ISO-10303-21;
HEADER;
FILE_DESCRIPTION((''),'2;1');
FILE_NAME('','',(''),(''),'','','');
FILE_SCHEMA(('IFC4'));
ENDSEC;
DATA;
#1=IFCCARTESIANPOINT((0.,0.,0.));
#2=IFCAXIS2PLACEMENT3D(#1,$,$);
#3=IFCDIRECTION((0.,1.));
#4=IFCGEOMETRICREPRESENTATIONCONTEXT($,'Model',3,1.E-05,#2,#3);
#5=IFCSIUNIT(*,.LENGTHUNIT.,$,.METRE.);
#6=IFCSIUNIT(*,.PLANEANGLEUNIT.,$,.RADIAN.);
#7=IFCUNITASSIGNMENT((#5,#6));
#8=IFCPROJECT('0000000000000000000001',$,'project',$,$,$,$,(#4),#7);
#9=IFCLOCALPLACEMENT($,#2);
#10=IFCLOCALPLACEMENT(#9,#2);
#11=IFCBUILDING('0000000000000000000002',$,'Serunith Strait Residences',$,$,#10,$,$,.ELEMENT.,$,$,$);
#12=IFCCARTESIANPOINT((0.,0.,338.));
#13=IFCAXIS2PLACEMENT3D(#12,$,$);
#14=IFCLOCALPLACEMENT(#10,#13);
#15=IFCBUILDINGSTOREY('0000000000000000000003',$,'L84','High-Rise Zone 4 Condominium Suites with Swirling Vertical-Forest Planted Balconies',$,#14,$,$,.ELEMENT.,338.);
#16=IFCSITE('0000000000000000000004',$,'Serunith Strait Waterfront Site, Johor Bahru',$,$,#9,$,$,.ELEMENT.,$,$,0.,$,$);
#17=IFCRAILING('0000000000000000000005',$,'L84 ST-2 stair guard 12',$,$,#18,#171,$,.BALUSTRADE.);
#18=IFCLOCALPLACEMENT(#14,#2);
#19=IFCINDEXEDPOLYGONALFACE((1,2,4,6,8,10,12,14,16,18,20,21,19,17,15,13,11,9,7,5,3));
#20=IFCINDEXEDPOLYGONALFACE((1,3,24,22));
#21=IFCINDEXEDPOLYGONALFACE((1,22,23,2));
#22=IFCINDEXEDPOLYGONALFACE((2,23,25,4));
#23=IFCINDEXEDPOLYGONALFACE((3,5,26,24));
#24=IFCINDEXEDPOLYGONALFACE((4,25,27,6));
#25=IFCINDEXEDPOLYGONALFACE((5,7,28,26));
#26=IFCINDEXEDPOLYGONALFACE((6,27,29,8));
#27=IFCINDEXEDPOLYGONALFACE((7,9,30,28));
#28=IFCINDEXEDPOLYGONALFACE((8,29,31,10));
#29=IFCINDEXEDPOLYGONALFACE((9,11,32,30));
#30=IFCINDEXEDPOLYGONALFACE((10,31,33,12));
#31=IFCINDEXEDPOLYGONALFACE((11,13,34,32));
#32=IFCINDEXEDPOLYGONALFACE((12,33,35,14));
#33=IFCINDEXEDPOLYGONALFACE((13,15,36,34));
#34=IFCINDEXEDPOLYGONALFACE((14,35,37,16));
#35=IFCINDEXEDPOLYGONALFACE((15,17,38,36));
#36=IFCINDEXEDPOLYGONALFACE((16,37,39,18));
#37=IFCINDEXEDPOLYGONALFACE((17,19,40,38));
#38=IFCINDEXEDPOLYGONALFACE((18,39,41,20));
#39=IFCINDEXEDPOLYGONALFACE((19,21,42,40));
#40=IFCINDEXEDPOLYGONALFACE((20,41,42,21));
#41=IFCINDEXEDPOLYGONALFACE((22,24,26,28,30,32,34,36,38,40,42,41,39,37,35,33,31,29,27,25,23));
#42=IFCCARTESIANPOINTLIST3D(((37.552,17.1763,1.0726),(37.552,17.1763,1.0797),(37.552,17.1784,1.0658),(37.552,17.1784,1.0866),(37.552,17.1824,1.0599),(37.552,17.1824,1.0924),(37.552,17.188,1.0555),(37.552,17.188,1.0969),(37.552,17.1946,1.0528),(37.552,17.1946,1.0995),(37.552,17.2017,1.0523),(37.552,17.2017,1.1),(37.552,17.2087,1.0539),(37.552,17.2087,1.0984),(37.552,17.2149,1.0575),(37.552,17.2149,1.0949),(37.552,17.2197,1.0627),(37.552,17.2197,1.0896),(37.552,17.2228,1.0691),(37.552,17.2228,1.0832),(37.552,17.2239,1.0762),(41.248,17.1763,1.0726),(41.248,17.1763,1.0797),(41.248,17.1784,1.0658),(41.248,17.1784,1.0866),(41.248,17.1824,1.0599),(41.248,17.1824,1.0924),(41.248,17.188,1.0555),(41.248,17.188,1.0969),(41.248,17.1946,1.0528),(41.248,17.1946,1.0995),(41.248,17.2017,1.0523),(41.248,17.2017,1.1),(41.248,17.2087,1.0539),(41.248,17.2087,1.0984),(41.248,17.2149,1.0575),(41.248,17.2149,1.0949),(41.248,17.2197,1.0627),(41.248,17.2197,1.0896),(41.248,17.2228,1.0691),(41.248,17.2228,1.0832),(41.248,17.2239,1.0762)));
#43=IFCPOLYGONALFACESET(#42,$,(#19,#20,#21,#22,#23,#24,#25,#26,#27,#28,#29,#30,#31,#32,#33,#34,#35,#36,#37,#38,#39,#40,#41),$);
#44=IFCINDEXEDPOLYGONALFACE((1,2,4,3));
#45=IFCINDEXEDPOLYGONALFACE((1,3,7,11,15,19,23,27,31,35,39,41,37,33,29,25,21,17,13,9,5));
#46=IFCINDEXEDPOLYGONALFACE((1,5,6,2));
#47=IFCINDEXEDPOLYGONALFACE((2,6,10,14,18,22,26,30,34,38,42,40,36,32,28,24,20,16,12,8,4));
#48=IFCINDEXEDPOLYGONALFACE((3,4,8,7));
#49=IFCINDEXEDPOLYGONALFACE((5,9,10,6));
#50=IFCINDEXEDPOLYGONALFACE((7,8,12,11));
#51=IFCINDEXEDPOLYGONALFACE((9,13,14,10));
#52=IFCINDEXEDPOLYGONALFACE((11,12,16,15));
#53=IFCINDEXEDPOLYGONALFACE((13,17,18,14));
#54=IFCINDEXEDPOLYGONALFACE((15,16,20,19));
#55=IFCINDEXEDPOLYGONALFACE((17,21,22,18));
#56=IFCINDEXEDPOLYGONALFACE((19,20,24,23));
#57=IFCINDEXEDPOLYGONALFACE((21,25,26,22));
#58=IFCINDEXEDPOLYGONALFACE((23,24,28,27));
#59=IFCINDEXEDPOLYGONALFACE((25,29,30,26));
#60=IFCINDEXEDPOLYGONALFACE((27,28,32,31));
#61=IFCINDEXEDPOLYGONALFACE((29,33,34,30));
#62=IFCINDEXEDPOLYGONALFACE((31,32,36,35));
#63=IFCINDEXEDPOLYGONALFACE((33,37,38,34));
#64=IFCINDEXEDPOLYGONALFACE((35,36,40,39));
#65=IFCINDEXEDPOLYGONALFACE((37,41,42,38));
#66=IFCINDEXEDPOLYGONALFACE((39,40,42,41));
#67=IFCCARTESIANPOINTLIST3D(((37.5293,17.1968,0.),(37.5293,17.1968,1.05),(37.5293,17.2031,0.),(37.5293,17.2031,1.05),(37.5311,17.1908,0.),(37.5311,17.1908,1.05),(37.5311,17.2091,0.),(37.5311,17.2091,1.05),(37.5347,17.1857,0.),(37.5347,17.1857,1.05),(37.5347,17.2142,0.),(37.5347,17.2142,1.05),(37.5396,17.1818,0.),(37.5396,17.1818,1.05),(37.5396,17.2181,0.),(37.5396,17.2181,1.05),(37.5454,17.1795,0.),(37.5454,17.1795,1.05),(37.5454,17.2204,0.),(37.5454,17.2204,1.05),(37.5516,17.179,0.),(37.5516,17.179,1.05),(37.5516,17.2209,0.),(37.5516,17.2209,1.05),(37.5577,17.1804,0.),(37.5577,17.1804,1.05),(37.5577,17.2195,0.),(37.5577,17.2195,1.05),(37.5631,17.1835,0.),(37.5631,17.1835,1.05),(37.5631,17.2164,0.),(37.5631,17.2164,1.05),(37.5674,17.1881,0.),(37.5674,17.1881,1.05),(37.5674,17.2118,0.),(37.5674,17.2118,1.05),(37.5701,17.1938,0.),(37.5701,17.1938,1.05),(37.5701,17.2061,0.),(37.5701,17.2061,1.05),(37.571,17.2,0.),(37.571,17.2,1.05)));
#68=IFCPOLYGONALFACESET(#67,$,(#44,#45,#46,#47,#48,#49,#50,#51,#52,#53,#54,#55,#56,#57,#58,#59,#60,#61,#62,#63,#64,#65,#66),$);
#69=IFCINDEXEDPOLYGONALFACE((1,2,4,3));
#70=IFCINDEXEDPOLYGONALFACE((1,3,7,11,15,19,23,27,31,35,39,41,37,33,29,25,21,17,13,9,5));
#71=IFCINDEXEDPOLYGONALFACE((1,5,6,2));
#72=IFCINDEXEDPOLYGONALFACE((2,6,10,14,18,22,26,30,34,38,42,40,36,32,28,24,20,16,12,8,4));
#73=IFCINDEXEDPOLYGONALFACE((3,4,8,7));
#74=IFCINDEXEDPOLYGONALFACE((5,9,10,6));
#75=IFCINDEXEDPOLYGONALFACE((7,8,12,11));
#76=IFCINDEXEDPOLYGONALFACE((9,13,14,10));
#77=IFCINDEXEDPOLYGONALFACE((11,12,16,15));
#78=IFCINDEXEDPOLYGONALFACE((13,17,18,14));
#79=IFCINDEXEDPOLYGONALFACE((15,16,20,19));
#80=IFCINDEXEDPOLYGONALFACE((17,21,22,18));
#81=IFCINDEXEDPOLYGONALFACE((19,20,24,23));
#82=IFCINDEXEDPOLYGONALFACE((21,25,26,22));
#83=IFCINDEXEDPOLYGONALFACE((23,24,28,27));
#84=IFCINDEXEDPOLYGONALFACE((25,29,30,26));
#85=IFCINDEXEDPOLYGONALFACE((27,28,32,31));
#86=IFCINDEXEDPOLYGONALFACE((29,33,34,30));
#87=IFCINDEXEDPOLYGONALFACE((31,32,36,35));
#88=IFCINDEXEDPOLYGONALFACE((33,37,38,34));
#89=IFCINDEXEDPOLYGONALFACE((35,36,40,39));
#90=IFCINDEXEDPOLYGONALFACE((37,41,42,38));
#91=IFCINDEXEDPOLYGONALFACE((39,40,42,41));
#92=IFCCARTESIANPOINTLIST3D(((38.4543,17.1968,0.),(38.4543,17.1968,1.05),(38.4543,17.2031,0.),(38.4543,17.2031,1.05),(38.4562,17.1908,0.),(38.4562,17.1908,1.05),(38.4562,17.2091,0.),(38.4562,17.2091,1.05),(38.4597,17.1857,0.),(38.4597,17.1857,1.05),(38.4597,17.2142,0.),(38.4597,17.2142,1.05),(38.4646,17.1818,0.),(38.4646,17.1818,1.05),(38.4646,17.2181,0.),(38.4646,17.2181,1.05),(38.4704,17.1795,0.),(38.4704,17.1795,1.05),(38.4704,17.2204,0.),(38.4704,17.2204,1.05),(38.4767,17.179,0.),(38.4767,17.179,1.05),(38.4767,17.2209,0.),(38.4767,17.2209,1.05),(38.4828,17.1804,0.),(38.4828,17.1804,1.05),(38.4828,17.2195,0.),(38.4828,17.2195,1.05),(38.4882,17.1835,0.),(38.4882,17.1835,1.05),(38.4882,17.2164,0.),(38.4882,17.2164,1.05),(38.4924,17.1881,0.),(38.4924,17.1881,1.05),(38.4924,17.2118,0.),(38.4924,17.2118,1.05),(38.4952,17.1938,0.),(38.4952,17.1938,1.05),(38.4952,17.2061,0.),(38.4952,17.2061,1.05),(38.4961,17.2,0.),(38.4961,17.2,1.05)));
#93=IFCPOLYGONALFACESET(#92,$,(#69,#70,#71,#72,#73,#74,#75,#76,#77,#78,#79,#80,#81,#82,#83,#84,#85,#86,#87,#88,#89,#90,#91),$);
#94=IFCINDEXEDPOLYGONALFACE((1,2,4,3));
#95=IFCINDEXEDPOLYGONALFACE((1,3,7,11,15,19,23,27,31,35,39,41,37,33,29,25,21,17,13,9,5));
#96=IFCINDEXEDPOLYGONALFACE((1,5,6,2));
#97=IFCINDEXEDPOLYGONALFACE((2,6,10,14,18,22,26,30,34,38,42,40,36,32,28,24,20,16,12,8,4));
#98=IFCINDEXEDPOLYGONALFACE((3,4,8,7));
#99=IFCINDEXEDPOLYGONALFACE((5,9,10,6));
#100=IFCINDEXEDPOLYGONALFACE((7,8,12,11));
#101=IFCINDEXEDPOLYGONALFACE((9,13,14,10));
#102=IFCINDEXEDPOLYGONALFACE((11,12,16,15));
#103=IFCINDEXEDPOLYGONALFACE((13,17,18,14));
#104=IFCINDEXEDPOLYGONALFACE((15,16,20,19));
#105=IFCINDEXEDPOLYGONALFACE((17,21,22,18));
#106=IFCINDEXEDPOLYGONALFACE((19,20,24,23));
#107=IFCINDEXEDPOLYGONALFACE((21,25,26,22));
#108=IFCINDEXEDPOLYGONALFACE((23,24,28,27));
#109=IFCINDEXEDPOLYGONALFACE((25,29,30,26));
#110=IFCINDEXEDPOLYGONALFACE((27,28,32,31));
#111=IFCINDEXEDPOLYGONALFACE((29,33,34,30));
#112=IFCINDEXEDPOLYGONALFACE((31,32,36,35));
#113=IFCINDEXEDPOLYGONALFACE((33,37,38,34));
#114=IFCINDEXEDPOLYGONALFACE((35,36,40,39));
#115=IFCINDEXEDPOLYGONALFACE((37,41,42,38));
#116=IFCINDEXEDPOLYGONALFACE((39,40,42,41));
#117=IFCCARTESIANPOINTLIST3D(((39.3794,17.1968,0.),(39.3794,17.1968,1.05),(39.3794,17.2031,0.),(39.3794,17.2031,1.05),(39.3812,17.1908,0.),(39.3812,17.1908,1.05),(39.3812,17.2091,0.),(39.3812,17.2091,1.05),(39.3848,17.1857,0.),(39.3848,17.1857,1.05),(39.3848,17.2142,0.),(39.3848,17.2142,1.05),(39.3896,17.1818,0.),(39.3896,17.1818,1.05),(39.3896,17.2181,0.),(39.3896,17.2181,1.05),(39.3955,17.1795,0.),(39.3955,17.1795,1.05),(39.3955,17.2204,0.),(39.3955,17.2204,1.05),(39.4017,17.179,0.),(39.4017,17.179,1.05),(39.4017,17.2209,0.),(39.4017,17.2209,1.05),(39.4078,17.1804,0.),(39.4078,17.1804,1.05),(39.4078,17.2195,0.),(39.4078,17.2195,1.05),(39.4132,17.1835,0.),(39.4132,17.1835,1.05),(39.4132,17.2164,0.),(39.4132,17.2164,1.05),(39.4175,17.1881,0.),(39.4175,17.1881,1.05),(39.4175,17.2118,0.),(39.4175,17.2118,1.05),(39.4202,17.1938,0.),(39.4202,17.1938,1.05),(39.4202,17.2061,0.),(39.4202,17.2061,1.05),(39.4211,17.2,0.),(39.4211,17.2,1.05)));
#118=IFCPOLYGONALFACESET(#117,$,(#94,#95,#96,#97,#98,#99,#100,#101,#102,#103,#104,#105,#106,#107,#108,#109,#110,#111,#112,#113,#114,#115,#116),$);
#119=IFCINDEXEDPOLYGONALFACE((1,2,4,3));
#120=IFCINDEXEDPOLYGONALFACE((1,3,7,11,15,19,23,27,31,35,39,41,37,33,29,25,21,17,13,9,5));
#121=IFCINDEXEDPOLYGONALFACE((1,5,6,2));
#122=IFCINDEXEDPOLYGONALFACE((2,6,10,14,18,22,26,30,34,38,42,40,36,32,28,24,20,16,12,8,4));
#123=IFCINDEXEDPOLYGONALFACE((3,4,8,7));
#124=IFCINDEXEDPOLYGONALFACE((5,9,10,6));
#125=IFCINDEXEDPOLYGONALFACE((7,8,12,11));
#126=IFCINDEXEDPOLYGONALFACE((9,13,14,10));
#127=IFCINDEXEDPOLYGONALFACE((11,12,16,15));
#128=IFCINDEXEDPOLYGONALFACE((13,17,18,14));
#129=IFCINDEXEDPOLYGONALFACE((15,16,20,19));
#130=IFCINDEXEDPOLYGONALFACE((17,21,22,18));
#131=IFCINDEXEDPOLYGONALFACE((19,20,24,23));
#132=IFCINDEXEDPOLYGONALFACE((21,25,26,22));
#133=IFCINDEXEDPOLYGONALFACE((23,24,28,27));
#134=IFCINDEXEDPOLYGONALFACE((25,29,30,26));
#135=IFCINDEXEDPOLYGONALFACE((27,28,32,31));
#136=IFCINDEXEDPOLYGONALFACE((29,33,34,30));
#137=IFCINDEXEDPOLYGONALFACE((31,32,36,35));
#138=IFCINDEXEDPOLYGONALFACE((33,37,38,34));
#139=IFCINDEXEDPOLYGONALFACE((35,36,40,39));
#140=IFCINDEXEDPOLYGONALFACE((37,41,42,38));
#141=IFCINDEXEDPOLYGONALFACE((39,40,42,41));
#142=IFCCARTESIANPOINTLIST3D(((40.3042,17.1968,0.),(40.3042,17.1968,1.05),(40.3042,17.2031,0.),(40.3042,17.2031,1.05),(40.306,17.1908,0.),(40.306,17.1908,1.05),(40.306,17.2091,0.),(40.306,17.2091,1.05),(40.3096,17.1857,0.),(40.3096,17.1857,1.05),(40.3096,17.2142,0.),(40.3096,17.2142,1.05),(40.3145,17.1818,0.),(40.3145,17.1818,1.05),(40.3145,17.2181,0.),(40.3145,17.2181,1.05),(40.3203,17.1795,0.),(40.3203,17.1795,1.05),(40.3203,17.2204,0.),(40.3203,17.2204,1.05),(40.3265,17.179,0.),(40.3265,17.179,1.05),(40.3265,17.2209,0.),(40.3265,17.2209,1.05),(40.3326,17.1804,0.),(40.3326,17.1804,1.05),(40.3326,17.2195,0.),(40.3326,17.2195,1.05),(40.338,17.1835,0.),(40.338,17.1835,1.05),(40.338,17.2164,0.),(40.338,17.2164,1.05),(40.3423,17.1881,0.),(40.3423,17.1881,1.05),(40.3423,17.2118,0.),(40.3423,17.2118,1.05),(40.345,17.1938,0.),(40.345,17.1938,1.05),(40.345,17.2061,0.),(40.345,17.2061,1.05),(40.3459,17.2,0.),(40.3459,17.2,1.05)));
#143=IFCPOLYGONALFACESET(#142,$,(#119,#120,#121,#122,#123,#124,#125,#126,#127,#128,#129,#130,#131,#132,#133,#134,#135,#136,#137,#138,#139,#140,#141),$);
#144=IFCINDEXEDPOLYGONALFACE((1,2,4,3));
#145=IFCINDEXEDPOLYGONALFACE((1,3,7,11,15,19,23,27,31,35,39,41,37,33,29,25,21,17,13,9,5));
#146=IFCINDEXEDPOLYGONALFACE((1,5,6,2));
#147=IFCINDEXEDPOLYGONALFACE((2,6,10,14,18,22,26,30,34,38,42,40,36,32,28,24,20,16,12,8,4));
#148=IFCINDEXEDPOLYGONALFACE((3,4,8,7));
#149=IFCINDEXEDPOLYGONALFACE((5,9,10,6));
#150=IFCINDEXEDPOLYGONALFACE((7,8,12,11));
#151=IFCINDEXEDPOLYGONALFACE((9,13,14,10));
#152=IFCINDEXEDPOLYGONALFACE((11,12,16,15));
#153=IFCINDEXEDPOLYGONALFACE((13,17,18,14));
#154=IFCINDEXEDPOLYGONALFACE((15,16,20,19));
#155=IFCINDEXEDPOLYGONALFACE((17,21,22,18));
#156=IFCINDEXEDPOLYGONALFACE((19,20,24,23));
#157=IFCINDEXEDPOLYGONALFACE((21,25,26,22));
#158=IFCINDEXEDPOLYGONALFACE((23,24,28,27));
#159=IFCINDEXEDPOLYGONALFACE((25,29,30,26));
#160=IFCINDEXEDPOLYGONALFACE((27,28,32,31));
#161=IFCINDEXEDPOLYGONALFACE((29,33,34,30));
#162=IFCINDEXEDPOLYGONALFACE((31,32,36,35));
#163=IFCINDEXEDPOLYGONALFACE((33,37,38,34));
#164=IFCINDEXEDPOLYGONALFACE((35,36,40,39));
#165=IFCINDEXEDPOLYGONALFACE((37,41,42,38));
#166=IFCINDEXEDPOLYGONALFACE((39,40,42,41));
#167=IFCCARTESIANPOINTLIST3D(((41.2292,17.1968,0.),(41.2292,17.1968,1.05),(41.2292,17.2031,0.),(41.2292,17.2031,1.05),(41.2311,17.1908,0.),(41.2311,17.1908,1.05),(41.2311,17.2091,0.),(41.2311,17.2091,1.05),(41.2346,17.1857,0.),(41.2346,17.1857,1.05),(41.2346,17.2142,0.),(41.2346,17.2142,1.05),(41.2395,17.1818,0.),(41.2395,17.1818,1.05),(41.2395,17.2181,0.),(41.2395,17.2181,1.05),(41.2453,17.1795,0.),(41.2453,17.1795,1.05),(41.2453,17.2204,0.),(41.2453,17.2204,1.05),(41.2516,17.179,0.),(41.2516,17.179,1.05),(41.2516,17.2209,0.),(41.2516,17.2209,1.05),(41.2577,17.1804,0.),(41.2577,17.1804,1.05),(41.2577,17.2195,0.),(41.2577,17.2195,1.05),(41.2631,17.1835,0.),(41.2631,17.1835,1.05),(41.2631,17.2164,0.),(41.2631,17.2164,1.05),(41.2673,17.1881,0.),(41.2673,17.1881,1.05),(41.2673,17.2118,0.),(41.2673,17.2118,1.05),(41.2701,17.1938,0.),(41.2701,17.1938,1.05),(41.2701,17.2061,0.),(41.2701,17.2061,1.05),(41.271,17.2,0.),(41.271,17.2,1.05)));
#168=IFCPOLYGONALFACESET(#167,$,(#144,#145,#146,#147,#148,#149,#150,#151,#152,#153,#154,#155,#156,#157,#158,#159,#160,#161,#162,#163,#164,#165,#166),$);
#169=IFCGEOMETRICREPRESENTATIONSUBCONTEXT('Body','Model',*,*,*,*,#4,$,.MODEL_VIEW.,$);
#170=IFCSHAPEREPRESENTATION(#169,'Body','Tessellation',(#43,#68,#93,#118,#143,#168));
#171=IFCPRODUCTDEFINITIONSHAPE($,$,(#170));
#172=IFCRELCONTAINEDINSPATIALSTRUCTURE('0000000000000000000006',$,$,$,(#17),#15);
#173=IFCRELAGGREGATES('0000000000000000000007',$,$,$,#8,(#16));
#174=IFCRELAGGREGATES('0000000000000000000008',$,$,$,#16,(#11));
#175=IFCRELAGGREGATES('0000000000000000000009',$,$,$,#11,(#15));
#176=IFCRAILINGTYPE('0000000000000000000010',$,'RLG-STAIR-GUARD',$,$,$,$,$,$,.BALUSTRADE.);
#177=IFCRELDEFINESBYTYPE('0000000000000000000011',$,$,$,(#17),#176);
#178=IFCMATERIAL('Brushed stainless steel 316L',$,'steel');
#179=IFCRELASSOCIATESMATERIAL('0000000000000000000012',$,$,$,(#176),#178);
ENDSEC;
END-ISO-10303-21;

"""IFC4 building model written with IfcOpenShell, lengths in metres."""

from ifc_helpers import new_model, si_unit, direction, frame, origin, origin_2d, place, context, subcontext, project, spatial, circle, extrude, material, type_object, element, save


model = new_model("IFC4")

# Units and contexts
model_context = context("Model", 3, precision=1e-05, world=origin(), true_north=direction((0.0, 1.0)))
body_context = subcontext(model_context, "Body", "Model", "MODEL_VIEW")
ifc_project = project(units=[si_unit("LENGTHUNIT", "METRE"), si_unit("PLANEANGLEUNIT", "RADIAN")], contexts=[model_context])

# Site, building, storey
site_placement = place(None, origin())
site = spatial("IfcSite", under=ifc_project, at=site_placement, Name="Serunith Strait Waterfront Site, Johor Bahru", CompositionType="ELEMENT", RefElevation=0.0)
building_placement = place(site_placement, origin())
building = spatial("IfcBuilding", under=site, at=building_placement, Name="Serunith Strait Residences", CompositionType="ELEMENT")
storey_placement = place(building_placement, frame((0.0, 0.0, 338.0)))
storey = spatial("IfcBuildingStorey", under=building, at=storey_placement, Name="L84", Description="High-Rise Zone 4 Condominium Suites with Swirling Vertical-Forest Planted Balconies", CompositionType="ELEMENT", Elevation=338.0)

# Railing
ifc_material_1 = material(Name="Brushed stainless steel 316L", Category="steel")
railing_type_1 = type_object("IfcRailingType", Name="RLG-STAIR-GUARD", PredefinedType="BALUSTRADE", material=ifc_material_1)
railing_1_placement = place(storey_placement, frame((37.55, 17.2, 0.0)))
element("IfcRailing", 1, at=railing_1_placement, inside=storey, type_object=railing_type_1, Name="L84 ST-2 stair guard 12", PredefinedType="BALUSTRADE", context=body_context, shape_type="SweptSolid", body=[
    extrude(circle(Radius=0.0239, at=origin_2d()), frame((0.002, 0.0, 1.0762), z_axis=(1.0, 0.0, 0.0), x_axis=(0.0, 1.0, 0.0)), (0.0, 0.0, 1.0), 3.696),
    extrude(circle(Radius=0.021, at=origin_2d()), origin(), (0.0, 0.0, 1.0), 1.05),
    extrude(circle(Radius=0.021, at=origin_2d()), frame((0.925, 0.0, 0.0)), (0.0, 0.0, 1.0), 1.05),
    extrude(circle(Radius=0.021, at=origin_2d()), frame((1.8501, 0.0, 0.0)), (0.0, 0.0, 1.0), 1.05),
    extrude(circle(Radius=0.021, at=origin_2d()), frame((2.7749, 0.0, 0.0)), (0.0, 0.0, 1.0), 1.05),
    extrude(circle(Radius=0.021, at=origin_2d()), frame((3.7, 0.0, 0.0)), (0.0, 0.0, 1.0), 1.05),
])

save(model, "model.ifc")
